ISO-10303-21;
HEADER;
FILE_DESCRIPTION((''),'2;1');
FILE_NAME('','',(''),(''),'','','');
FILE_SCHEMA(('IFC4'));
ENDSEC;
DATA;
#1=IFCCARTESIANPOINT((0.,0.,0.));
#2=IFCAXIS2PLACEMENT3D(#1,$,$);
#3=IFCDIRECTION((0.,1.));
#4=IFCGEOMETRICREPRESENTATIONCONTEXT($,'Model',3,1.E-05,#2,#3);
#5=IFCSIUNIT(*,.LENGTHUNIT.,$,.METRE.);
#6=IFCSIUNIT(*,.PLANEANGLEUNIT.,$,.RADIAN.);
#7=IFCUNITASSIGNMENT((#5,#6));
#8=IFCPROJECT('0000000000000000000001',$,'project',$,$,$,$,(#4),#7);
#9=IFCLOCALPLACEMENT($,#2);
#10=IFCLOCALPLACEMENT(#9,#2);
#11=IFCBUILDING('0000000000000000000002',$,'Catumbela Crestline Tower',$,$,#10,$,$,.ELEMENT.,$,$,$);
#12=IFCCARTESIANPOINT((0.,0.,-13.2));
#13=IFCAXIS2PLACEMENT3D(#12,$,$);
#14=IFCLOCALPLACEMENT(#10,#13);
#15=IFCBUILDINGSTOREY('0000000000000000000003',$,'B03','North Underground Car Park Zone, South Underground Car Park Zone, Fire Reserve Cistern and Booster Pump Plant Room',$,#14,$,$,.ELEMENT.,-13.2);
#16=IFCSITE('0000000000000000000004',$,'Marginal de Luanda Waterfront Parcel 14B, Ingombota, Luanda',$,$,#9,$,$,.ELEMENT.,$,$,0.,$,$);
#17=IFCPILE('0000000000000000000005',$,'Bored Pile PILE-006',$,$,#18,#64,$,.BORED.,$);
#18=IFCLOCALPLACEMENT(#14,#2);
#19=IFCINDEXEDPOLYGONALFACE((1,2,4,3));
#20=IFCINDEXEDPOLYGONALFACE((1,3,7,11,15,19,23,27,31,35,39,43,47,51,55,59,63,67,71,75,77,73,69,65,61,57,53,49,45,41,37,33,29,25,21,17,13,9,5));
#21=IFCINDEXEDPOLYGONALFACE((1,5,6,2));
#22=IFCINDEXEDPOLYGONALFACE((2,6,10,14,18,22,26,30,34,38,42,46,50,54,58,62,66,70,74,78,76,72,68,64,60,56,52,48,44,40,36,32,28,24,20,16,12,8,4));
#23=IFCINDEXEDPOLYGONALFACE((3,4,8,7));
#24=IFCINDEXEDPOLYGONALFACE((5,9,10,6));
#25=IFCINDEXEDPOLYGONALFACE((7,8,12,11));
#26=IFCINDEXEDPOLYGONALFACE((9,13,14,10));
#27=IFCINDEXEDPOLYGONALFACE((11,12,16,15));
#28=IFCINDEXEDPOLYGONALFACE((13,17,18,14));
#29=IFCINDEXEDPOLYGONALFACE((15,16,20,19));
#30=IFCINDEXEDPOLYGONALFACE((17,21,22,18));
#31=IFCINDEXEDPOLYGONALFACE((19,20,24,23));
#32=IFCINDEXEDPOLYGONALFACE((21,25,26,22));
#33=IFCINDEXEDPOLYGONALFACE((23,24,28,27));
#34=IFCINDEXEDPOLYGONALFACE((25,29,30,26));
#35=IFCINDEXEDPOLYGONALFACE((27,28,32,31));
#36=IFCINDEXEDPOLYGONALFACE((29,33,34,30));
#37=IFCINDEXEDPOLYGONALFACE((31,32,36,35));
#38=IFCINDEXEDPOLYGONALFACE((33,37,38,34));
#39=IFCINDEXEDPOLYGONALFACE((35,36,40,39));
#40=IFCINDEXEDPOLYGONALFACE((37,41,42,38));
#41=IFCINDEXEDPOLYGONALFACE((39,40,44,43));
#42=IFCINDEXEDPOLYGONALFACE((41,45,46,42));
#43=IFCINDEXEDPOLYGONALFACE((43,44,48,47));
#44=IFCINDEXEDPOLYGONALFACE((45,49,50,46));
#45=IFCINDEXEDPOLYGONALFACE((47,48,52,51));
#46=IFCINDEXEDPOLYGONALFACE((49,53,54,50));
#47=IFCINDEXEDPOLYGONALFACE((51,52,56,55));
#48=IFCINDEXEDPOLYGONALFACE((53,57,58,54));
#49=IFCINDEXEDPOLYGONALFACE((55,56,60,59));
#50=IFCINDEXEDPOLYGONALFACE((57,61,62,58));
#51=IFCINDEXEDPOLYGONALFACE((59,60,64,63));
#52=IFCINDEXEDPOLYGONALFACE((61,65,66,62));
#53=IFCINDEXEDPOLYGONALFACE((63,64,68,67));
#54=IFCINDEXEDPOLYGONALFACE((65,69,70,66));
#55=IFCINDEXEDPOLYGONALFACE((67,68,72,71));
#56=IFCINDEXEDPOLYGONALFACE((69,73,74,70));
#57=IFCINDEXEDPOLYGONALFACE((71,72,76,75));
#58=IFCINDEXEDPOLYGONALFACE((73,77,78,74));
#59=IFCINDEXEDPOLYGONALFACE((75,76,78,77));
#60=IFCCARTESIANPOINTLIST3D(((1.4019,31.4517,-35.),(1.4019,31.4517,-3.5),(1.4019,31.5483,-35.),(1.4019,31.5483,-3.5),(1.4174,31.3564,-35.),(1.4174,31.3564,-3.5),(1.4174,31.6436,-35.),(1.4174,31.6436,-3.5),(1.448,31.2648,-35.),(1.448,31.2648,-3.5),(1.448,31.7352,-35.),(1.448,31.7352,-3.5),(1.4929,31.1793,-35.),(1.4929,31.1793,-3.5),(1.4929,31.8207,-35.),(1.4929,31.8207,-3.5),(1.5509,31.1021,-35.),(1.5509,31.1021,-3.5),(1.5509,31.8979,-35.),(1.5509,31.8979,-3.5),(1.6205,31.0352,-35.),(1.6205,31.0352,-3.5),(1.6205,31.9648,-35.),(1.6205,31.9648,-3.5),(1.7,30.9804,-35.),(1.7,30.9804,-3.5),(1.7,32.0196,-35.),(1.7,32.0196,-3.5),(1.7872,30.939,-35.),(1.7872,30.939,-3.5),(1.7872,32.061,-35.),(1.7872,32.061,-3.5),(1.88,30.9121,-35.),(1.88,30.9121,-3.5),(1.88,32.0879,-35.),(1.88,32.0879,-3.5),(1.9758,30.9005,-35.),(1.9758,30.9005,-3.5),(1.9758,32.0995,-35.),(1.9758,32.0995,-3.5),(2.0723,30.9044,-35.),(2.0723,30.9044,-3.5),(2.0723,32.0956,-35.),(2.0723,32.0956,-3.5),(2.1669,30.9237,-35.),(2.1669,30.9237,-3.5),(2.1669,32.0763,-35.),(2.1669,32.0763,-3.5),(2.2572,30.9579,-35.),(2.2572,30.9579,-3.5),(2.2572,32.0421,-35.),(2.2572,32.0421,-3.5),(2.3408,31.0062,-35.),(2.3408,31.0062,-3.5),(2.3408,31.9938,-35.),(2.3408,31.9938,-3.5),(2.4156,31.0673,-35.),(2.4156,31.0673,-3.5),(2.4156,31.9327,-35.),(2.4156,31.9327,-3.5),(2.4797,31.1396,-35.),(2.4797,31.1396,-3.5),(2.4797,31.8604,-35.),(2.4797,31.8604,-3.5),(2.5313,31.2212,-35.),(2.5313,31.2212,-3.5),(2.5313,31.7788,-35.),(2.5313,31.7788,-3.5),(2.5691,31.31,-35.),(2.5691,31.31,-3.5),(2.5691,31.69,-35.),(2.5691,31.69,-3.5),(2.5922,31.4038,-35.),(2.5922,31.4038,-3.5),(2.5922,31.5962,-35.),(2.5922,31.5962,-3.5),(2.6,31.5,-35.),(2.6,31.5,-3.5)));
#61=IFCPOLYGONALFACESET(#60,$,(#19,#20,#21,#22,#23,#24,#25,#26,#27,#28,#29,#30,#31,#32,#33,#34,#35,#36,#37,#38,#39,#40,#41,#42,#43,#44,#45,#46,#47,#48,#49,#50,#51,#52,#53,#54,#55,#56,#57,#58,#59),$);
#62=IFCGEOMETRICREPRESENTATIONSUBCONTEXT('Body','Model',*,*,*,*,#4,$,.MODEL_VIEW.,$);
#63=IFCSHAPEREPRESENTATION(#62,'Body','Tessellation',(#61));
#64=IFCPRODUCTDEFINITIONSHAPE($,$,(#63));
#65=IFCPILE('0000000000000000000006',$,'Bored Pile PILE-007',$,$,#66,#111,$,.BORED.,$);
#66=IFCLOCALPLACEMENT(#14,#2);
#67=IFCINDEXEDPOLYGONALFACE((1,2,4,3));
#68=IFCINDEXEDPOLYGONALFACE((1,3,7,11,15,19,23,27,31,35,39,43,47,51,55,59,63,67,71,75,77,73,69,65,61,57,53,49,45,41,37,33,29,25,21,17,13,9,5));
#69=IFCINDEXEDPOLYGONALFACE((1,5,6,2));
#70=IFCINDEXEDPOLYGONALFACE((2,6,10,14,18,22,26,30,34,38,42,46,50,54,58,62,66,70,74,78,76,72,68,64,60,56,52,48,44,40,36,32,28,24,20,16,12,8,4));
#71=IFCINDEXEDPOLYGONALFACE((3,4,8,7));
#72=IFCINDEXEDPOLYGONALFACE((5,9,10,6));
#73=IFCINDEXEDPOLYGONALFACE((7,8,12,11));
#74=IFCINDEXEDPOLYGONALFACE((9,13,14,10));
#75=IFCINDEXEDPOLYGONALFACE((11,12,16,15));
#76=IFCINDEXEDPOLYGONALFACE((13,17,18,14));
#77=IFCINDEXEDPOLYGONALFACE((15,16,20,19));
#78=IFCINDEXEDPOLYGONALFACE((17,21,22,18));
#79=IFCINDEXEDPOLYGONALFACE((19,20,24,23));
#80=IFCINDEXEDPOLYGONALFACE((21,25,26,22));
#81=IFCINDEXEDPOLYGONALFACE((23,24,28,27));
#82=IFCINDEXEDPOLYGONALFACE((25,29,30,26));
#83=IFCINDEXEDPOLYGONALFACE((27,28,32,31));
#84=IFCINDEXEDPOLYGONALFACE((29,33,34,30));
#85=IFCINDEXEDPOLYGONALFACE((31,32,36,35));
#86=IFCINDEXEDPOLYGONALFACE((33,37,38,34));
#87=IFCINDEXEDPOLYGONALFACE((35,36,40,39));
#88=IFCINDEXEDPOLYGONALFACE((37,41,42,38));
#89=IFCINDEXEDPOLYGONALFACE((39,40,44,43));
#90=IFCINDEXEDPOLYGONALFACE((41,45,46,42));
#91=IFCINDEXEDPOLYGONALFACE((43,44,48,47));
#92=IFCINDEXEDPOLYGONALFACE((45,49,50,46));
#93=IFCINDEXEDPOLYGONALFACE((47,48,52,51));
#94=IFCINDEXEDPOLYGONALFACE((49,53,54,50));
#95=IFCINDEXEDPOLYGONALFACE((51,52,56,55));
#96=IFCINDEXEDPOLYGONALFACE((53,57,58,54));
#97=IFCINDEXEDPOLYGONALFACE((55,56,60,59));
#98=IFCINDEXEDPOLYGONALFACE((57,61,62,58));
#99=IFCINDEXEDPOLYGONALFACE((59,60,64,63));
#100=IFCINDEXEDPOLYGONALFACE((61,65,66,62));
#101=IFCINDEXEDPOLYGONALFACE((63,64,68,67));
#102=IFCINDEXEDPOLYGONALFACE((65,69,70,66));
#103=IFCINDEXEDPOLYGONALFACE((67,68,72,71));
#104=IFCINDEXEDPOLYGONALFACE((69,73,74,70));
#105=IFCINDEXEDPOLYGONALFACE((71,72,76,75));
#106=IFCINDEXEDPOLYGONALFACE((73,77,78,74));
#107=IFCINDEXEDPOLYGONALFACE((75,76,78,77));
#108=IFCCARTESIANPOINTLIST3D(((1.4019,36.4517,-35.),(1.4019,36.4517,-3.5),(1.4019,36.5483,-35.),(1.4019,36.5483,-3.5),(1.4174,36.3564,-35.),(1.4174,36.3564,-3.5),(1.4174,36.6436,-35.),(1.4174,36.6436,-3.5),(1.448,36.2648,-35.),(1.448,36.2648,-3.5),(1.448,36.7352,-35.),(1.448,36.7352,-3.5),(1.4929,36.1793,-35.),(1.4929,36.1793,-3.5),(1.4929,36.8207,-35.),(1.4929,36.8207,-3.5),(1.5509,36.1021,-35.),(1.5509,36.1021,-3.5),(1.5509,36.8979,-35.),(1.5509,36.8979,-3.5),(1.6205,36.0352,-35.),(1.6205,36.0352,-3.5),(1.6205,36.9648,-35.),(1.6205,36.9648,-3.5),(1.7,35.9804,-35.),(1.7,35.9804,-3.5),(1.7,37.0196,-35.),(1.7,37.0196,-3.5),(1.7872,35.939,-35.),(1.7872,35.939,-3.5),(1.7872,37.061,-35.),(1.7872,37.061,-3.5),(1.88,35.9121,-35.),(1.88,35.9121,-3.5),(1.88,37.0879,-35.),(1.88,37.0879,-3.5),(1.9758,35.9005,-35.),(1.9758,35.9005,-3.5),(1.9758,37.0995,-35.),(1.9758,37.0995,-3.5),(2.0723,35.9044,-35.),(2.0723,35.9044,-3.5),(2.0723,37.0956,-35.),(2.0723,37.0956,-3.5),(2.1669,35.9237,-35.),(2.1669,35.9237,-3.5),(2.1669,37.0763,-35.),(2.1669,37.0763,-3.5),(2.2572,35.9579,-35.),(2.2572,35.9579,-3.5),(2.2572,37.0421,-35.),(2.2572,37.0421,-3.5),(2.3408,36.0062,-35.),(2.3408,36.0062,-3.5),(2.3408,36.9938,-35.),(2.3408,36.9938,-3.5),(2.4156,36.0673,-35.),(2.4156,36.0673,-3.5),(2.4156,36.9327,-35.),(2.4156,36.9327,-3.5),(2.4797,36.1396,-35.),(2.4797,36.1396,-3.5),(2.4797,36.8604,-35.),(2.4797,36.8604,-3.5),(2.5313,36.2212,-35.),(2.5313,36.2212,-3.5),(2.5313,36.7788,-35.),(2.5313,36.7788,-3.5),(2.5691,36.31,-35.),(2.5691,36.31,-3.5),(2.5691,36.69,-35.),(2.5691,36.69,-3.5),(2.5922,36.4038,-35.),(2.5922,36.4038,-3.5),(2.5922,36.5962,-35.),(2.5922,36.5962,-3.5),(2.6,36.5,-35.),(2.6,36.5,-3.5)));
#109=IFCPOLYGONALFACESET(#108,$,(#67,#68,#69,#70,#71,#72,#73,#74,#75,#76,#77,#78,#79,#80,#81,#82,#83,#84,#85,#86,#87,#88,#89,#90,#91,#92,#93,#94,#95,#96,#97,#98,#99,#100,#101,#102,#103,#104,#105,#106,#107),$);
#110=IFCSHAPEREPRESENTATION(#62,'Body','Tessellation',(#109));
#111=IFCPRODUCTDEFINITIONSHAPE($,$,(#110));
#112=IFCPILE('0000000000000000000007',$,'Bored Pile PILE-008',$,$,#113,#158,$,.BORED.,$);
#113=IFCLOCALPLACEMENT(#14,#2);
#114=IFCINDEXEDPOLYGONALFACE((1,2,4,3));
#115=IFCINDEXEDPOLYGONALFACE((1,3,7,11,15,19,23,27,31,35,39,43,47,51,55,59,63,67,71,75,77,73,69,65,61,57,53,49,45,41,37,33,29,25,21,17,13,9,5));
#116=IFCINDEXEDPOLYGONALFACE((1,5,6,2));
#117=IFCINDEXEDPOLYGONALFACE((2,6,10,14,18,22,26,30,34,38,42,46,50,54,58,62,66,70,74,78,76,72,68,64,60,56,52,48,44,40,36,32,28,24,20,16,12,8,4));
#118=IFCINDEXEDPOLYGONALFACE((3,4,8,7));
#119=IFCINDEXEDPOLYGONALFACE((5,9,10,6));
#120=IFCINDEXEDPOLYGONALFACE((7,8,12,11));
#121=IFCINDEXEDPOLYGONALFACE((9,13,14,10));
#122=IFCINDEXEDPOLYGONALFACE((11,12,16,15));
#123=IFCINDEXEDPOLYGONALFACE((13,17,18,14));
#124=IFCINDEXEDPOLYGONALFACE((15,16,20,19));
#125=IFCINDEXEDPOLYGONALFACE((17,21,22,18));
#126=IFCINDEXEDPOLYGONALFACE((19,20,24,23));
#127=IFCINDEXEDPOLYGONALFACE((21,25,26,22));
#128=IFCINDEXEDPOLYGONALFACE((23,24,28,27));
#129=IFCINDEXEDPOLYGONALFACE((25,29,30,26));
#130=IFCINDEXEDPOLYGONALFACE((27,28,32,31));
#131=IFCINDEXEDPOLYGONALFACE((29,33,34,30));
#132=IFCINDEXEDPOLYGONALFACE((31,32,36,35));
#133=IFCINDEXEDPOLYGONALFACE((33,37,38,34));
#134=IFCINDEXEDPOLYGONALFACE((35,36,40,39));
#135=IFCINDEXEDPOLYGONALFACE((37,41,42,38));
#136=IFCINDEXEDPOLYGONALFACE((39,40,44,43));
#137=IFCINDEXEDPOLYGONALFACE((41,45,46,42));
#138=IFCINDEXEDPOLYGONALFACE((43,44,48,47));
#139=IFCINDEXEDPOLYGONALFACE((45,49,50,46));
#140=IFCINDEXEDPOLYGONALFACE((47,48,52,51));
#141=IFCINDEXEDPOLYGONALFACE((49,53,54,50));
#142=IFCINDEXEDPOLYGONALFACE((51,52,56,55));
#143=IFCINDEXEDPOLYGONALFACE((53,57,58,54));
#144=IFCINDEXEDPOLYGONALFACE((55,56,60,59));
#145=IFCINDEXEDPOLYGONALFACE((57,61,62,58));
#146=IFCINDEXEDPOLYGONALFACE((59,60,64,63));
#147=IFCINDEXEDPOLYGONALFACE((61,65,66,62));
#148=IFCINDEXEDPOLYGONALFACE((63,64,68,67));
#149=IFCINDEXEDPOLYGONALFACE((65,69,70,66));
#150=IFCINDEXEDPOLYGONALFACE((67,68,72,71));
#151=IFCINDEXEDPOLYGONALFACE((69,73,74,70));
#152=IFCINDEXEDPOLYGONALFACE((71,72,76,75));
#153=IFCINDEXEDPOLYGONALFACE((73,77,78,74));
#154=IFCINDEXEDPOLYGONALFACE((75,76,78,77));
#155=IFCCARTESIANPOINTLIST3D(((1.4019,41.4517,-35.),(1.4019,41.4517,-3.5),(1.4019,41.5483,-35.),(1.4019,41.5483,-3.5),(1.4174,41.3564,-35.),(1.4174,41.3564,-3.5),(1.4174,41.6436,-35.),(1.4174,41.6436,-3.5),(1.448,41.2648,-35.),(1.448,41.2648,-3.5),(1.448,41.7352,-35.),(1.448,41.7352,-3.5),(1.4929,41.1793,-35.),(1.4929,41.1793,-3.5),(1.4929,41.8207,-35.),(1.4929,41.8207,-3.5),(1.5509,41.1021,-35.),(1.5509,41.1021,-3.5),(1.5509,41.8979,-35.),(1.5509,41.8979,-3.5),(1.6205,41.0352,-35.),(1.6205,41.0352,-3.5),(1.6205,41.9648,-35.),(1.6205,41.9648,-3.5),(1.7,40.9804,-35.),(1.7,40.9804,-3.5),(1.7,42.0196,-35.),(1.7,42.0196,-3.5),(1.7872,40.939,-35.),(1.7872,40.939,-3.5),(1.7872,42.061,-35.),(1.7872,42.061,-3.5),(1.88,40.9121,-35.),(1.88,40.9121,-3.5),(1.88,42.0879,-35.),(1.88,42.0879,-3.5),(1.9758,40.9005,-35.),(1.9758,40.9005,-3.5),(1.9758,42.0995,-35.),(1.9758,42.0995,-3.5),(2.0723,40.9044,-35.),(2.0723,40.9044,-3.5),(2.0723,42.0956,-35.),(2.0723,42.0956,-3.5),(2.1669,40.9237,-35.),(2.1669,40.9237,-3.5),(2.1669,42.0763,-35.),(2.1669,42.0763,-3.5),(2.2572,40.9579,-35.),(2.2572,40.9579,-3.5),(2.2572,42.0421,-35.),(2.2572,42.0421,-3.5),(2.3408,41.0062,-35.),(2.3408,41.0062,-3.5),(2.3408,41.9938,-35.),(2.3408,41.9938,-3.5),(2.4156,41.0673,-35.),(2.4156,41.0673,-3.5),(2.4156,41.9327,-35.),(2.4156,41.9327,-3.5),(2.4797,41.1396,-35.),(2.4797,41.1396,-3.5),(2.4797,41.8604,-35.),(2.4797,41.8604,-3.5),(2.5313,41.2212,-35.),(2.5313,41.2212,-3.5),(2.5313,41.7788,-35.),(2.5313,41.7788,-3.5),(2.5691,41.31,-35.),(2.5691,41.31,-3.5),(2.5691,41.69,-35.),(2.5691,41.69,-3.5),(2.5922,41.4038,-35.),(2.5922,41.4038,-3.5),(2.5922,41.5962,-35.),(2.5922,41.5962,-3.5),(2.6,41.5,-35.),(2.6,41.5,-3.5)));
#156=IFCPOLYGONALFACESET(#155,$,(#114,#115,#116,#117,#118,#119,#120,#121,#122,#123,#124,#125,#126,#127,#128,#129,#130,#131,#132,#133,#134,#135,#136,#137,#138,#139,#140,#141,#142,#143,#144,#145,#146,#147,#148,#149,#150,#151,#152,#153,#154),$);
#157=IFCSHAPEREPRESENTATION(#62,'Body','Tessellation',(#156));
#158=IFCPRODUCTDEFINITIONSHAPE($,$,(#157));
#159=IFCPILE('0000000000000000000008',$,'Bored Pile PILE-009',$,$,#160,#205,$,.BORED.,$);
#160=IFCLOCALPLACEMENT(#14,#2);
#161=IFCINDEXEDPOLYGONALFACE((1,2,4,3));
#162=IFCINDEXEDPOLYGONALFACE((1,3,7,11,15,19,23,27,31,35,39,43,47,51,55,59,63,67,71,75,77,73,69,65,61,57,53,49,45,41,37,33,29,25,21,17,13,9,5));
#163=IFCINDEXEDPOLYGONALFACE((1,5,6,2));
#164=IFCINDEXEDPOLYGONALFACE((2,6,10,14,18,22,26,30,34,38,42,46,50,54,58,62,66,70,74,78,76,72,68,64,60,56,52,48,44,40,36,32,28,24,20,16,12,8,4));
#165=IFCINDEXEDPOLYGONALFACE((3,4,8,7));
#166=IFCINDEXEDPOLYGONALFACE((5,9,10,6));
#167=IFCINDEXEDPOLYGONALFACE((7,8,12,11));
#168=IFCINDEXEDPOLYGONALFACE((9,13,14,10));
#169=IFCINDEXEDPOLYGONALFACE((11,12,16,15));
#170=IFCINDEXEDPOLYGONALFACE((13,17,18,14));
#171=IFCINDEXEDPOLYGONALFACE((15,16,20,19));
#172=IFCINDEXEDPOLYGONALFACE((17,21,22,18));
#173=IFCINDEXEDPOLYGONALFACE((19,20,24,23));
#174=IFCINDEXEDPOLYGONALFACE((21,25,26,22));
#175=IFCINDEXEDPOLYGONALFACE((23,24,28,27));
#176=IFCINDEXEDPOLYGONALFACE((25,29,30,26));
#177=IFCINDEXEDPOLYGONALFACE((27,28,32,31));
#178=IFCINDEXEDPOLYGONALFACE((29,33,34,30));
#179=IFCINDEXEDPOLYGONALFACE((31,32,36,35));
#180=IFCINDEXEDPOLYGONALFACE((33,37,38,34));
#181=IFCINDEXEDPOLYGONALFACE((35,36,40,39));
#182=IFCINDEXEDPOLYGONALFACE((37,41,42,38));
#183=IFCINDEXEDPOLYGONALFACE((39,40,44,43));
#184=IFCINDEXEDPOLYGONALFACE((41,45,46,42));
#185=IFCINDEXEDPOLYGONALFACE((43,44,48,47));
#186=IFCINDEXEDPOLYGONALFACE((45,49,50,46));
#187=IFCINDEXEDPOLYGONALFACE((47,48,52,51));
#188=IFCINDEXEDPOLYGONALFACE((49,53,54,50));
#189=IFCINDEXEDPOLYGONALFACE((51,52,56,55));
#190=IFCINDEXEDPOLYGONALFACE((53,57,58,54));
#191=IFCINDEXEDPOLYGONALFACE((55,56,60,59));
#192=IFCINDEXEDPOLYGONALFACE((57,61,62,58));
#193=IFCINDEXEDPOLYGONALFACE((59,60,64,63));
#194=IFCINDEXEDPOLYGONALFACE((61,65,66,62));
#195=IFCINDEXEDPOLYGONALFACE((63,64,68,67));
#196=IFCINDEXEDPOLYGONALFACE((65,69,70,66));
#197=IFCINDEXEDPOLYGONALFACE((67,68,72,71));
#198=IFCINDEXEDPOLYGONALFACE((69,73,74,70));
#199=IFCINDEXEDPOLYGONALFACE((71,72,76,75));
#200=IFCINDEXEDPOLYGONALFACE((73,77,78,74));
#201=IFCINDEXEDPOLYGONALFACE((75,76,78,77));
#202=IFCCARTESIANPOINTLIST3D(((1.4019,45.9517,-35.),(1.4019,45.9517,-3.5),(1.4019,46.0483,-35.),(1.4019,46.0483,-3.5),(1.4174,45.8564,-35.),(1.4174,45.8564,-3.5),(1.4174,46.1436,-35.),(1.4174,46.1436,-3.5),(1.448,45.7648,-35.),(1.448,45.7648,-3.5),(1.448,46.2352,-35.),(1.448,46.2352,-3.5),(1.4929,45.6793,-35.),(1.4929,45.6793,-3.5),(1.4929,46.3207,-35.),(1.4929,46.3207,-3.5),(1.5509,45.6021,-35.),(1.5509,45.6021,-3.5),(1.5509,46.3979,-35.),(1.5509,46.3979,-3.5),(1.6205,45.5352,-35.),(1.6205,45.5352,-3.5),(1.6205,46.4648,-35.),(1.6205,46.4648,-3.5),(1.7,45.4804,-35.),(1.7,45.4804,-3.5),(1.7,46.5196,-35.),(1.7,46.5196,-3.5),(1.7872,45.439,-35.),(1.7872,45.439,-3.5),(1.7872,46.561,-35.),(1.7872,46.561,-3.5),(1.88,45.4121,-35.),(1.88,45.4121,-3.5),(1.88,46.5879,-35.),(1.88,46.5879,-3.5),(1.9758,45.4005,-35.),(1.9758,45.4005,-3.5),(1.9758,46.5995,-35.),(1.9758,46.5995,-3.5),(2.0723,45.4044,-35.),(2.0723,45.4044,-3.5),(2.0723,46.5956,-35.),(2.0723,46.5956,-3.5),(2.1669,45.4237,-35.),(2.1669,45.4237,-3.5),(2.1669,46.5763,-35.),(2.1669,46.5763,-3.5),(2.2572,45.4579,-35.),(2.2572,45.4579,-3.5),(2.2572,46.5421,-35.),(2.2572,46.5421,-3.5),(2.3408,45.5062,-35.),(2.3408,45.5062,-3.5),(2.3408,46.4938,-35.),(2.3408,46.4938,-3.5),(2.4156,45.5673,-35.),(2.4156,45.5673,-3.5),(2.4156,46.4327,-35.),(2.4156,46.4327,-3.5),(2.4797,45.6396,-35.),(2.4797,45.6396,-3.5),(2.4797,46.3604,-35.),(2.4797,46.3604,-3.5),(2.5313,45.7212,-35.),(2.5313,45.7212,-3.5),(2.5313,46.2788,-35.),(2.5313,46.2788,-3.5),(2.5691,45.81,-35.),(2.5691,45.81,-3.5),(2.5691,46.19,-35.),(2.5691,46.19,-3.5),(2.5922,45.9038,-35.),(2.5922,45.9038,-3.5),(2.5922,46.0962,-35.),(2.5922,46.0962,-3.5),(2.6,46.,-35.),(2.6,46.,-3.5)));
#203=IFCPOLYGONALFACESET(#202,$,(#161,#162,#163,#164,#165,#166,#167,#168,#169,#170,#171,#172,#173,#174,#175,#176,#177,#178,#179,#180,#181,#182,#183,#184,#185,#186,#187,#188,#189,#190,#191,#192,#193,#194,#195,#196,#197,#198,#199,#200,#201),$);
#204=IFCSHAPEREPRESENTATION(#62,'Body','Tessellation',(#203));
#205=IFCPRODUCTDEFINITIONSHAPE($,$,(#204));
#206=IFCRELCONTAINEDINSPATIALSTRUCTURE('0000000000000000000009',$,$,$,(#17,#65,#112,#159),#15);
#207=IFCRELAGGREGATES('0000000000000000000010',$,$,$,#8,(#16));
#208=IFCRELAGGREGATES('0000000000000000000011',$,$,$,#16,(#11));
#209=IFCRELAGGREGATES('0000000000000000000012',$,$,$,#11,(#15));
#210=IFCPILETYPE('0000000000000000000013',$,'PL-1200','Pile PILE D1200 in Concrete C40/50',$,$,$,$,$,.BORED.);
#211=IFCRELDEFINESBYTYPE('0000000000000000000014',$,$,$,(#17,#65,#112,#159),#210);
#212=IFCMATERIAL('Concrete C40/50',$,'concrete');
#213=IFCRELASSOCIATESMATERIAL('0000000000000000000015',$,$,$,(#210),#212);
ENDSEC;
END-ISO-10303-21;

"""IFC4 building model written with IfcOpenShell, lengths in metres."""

from ifc_helpers import new_model, si_unit, direction, frame, origin, origin_2d, place, context, subcontext, project, spatial, circle, extrude, material, material_profile, profile_set, type_object, element, save


model = new_model("IFC4")

# Units and contexts
model_context = context("Model", 3, precision=1e-05, world=origin(), true_north=direction((0.0, 1.0)))
body_context = subcontext(model_context, "Body", "Model", "MODEL_VIEW")
ifc_project = project(units=[si_unit("LENGTHUNIT", "METRE"), si_unit("PLANEANGLEUNIT", "RADIAN")], contexts=[model_context])

# Site, building, storey
site_placement = place(None, origin())
site = spatial("IfcSite", under=ifc_project, at=site_placement, Name="Marginal de Luanda Waterfront Parcel 14B, Ingombota, Luanda", CompositionType="ELEMENT", RefElevation=0.0)
building_placement = place(site_placement, origin())
building = spatial("IfcBuilding", under=site, at=building_placement, Name="Catumbela Crestline Tower", CompositionType="ELEMENT")
storey_placement = place(building_placement, frame((0.0, 0.0, -13.2)))
storey = spatial("IfcBuildingStorey", under=building, at=storey_placement, Name="B03", Description="North Underground Car Park Zone, South Underground Car Park Zone, Fire Reserve Cistern and Booster Pump Plant Room", CompositionType="ELEMENT", Elevation=-13.2)

# Piles
ifc_material_1 = material(Name="Concrete C40/50", Category="concrete")
ifc_material_profile_1 = material_profile(ifc_material_1, circle(Radius=0.6, at=origin_2d()), Name="PILE D1200")
ifc_profile_set_1 = profile_set([ifc_material_profile_1], Name="Concrete C40/50")
pile_type_1 = type_object("IfcPileType", Name="PL-1200", Description="Pile PILE D1200 in Concrete C40/50", PredefinedType="BORED", material=ifc_profile_set_1)
for number, where, z_axis, x_axis, name in (
    (1, (2.0, 31.5, -3.5), (0.0, 0.0, -1.0), (1.0, 0.0, 0.0), "Bored Pile PILE-006"),
    (2, (2.0, 36.5, -3.5), (0.0, 0.0, -1.0), (1.0, 0.0, 0.0), "Bored Pile PILE-007"),
    (3, (2.0, 41.5, -3.5), (0.0, 0.0, -1.0), (1.0, 0.0, 0.0), "Bored Pile PILE-008"),
    (4, (2.0, 46.0, -3.5), (0.0, 0.0, -1.0), (1.0, 0.0, 0.0), "Bored Pile PILE-009"),
):
    element("IfcPile", number, at=place(storey_placement, frame(where, z_axis=z_axis, x_axis=x_axis)), inside=storey, type_object=pile_type_1, Name=name, PredefinedType="BORED", context=body_context, shape_type="SweptSolid", body=[
        extrude(circle(Radius=0.6, at=origin_2d()), origin(), (0.0, 0.0, 1.0), 31.5),
    ])

save(model, "model.ifc")
